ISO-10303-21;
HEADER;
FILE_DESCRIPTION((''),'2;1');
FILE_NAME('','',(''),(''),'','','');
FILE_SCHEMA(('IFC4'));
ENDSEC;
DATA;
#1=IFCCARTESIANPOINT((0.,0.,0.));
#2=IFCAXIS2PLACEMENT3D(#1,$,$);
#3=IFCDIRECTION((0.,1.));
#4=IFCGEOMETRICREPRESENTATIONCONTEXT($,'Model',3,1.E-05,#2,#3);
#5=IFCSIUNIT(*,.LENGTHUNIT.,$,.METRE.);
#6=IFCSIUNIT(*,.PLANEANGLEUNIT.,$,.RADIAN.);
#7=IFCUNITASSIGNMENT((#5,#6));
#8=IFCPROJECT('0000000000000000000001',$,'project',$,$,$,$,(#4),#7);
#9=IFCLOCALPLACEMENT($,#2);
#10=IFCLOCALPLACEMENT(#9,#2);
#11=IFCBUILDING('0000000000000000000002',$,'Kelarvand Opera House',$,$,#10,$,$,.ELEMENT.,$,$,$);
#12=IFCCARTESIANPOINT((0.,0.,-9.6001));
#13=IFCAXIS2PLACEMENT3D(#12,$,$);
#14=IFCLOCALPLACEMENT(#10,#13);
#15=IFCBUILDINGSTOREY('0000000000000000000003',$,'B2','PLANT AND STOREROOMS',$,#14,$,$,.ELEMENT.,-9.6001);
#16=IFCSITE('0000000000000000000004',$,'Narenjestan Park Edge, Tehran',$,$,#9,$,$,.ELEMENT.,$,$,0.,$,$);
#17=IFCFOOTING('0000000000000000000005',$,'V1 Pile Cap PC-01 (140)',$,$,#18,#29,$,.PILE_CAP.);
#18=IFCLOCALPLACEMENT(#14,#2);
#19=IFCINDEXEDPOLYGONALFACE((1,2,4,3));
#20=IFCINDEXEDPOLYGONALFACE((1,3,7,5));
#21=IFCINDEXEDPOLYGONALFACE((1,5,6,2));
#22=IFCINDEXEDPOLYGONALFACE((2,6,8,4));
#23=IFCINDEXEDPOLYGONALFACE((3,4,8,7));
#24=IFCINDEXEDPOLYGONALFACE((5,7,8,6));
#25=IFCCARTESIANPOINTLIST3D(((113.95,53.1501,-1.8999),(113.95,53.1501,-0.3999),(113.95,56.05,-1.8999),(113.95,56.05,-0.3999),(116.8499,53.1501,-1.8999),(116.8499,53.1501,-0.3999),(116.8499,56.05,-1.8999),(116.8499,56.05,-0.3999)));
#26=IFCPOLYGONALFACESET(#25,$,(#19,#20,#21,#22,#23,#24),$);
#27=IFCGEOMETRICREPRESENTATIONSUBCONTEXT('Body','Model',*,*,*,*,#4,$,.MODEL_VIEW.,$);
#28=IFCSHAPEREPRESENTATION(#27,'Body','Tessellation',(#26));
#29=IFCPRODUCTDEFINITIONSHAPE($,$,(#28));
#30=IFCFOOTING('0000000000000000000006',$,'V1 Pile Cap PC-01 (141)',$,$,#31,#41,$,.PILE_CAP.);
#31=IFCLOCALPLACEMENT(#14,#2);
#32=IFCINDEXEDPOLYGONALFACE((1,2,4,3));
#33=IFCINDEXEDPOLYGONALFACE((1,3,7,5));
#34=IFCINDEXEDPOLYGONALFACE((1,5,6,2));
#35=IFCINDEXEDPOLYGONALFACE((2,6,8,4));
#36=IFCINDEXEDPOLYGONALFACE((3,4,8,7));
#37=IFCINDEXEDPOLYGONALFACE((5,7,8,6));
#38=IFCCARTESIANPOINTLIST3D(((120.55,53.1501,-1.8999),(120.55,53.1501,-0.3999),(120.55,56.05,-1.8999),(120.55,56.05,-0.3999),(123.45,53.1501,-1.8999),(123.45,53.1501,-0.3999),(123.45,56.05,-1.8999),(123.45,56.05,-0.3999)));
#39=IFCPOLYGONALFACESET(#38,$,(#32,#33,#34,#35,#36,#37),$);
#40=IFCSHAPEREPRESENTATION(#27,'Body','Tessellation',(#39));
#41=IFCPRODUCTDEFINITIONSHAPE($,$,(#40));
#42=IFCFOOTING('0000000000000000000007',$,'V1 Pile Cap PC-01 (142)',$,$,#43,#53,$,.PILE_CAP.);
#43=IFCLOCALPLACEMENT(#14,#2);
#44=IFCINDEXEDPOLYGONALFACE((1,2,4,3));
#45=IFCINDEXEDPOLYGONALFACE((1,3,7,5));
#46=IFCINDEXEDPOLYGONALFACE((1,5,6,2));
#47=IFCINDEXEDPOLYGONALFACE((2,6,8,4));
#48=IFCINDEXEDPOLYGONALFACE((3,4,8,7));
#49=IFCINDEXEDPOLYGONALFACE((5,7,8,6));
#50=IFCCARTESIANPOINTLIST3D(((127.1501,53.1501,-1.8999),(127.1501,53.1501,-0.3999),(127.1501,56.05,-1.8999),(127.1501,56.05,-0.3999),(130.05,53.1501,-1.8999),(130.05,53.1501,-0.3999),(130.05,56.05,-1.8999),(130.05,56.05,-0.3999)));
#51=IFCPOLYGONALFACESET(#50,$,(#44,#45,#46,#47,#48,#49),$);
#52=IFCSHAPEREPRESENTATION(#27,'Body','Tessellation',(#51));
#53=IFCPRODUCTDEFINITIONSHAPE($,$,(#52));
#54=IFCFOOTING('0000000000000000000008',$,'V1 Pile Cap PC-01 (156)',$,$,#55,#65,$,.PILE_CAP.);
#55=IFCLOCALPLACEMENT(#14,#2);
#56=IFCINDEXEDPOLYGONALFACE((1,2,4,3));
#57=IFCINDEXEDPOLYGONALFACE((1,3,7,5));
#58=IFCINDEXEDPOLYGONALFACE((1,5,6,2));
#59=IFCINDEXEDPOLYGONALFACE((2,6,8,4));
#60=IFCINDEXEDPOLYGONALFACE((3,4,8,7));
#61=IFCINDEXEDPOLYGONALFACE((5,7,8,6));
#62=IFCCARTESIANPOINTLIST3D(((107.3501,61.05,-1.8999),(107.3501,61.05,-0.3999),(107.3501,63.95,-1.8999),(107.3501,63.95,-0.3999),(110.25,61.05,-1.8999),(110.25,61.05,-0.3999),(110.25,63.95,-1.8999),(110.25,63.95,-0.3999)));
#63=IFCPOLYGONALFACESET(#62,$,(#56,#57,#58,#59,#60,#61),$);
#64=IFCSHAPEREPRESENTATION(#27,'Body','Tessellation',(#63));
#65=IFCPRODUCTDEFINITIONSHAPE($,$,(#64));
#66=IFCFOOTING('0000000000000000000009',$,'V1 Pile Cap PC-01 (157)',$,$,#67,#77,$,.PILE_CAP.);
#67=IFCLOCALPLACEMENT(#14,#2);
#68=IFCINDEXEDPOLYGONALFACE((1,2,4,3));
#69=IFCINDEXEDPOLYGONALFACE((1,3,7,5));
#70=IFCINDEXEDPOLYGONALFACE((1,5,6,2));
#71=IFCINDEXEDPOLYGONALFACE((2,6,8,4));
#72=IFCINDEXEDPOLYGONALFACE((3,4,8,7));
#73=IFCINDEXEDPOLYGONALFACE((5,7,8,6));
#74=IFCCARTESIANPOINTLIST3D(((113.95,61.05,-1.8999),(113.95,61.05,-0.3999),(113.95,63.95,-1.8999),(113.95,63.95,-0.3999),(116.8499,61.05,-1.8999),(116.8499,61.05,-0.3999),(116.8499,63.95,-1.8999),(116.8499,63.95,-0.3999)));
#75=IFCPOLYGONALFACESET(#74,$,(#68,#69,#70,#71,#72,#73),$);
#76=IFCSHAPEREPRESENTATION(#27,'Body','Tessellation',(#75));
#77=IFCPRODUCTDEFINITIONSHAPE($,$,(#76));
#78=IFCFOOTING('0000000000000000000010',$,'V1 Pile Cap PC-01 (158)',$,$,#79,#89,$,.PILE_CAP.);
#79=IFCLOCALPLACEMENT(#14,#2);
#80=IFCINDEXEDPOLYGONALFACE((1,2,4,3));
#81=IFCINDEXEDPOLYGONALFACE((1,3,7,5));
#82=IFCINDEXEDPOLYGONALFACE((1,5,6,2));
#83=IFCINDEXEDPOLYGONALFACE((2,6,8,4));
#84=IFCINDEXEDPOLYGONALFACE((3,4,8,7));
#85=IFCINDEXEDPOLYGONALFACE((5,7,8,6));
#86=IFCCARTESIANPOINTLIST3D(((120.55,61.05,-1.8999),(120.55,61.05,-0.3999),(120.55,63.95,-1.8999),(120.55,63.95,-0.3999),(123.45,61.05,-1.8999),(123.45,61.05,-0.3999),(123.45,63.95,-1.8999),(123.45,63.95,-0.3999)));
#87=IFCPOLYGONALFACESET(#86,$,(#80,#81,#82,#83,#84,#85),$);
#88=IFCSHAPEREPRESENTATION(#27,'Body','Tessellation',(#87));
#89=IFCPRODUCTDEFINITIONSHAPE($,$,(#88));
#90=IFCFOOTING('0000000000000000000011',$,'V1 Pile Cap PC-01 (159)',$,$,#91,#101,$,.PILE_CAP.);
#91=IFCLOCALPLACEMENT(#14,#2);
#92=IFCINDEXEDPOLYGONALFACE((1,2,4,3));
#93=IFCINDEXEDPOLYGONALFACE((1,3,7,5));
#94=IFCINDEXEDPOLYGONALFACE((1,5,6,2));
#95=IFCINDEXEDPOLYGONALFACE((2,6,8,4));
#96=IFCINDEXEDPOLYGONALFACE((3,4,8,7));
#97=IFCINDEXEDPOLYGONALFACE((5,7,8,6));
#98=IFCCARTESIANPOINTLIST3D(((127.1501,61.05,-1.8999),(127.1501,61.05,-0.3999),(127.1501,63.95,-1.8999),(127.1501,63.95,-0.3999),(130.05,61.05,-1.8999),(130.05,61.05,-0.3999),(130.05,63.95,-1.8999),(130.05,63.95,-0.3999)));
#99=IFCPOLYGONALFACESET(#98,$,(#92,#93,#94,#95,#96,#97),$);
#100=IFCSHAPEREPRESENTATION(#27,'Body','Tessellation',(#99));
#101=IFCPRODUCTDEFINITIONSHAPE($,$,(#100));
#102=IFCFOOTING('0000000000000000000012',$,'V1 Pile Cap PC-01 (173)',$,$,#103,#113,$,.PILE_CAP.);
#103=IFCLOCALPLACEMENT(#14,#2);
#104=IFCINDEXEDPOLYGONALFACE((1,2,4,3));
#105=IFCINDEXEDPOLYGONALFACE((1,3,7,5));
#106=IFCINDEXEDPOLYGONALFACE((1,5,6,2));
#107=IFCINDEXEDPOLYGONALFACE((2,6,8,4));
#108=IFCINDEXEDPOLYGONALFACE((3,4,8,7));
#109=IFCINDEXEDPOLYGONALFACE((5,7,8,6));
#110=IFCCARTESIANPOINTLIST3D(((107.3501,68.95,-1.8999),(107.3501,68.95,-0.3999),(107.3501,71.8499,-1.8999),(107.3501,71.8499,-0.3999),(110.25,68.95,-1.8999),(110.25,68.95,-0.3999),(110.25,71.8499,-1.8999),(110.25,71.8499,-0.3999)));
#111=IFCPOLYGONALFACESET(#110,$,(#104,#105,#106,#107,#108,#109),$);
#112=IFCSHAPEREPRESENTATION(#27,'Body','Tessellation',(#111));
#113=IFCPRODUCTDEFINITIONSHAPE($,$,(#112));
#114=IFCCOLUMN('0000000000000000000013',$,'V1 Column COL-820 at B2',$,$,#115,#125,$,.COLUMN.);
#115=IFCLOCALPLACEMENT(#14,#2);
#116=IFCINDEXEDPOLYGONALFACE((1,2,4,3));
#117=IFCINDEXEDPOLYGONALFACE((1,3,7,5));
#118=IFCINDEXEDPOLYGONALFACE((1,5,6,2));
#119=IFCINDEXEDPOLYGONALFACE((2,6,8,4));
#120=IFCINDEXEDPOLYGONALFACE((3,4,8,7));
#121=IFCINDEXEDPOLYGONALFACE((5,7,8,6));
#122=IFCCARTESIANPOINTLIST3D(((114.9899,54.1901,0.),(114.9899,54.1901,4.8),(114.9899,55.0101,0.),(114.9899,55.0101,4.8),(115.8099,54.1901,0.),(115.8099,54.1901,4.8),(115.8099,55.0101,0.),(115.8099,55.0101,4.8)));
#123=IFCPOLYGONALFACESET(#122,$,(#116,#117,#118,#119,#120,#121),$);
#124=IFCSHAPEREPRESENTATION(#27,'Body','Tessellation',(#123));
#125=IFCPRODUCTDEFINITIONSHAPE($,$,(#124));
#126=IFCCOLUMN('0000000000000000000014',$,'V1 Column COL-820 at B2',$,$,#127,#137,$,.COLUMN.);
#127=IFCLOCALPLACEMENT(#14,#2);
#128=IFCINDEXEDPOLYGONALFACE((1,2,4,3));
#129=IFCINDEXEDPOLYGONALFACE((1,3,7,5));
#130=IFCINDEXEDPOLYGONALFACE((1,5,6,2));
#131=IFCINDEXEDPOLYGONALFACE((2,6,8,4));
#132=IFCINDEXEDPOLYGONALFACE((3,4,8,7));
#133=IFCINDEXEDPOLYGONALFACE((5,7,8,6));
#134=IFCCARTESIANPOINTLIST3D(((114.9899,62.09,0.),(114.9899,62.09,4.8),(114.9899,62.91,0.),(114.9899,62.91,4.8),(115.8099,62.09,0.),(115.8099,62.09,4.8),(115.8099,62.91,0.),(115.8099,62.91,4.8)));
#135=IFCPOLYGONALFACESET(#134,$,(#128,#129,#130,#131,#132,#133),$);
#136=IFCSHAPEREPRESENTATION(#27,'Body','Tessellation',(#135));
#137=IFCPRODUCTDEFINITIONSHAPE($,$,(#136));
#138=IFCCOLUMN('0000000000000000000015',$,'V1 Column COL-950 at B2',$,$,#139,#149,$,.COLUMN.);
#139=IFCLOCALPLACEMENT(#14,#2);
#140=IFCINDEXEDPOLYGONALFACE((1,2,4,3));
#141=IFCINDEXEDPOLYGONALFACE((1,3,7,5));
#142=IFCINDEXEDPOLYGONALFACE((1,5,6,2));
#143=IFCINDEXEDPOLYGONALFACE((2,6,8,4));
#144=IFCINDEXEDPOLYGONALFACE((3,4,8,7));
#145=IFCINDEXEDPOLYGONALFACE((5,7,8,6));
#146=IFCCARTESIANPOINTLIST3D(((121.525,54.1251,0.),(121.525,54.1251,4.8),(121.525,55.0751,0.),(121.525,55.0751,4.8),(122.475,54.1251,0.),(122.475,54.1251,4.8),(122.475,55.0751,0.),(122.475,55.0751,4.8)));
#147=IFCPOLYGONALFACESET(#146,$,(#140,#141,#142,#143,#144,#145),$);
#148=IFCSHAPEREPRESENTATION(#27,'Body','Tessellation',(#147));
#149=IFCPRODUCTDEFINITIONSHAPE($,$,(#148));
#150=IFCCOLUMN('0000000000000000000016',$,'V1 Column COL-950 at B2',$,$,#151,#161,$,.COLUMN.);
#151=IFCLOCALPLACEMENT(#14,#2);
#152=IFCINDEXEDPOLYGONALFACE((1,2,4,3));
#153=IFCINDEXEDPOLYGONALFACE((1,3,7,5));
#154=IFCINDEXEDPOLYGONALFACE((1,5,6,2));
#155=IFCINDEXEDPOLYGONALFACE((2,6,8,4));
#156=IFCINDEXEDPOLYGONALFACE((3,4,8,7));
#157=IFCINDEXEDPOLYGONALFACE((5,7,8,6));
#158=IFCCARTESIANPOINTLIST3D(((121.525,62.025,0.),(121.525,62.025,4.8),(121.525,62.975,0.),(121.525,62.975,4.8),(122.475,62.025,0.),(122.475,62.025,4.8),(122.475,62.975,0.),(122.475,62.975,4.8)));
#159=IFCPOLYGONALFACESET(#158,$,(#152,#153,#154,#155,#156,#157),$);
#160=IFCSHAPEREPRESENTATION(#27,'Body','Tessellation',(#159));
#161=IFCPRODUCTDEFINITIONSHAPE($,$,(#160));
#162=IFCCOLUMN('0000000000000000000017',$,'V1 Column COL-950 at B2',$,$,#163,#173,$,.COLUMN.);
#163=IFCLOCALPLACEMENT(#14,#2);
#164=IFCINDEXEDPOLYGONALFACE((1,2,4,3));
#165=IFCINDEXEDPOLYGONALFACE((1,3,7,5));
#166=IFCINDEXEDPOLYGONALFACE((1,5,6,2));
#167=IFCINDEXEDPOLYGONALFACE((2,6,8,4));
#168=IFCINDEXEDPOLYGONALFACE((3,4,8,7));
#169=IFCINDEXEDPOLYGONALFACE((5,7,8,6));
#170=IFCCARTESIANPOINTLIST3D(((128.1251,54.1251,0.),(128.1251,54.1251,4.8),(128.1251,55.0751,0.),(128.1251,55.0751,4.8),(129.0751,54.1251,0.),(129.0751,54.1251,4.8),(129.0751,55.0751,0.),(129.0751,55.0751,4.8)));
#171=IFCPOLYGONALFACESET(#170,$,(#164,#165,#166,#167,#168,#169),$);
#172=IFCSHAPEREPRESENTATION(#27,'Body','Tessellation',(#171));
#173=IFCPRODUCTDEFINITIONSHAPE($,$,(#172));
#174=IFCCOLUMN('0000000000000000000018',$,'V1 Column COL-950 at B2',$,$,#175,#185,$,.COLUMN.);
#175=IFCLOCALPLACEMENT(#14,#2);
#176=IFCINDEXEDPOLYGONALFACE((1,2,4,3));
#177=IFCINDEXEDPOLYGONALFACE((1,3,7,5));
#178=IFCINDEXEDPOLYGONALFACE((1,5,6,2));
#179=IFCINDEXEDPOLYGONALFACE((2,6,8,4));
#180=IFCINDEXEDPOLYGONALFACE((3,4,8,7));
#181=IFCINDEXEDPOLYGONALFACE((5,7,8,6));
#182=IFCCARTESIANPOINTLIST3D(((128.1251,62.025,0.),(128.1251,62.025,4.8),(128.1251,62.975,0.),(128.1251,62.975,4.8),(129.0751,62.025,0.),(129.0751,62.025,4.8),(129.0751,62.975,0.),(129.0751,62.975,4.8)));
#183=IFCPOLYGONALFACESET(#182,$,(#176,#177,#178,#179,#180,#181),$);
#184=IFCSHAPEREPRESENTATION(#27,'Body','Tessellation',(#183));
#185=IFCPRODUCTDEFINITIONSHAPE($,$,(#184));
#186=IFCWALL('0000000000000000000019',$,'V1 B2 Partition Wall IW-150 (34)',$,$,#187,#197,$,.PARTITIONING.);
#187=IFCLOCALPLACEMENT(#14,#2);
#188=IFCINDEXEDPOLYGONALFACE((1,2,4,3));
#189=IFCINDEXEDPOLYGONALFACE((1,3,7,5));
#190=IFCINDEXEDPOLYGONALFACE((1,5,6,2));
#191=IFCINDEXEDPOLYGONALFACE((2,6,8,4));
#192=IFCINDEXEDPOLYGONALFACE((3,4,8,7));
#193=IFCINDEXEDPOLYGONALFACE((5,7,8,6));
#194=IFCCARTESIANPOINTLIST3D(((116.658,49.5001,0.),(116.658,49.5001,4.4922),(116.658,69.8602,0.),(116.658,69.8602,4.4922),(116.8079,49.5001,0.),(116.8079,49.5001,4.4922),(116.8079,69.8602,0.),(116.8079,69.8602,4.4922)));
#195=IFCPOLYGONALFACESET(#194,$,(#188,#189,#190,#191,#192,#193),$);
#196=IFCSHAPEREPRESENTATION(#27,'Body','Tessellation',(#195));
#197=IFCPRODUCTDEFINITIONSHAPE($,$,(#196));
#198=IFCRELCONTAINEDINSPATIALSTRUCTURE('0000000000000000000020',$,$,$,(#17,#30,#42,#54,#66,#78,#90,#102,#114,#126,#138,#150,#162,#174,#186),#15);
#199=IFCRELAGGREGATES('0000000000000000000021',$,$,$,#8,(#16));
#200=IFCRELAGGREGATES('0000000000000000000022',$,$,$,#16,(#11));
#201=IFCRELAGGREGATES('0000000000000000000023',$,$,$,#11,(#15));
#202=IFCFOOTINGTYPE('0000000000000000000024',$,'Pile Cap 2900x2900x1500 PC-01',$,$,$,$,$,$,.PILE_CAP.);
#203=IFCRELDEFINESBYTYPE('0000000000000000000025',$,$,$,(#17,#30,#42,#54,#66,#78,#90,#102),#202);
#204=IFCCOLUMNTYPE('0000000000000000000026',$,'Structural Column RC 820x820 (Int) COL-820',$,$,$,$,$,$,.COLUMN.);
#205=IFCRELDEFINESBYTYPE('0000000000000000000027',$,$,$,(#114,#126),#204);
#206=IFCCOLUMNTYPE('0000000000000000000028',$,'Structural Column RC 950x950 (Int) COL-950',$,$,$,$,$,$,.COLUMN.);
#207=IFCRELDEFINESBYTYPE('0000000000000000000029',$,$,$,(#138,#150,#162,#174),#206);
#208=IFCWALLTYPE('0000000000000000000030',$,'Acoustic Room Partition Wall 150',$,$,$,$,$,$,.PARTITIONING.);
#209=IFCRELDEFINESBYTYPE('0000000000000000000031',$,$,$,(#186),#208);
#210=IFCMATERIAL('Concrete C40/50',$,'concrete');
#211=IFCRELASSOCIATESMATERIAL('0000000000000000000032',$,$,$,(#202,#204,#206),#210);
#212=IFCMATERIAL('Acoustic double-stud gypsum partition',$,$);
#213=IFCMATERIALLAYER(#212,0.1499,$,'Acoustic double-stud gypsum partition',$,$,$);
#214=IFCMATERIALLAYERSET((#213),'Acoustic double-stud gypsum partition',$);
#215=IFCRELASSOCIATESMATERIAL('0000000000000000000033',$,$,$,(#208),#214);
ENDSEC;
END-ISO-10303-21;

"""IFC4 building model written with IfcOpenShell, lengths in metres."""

from ifc_helpers import new_model, si_unit, direction, frame, frame_2d, origin, origin_2d, place, context, subcontext, project, spatial, rectangle, extrude, material, layer, layer_set, material_profile, profile_set, type_object, element, save


model = new_model("IFC4")

# Units and contexts
model_context = context("Model", 3, precision=1e-05, world=origin(), true_north=direction((0.0, 1.0)))
body_context = subcontext(model_context, "Body", "Model", "MODEL_VIEW")
ifc_project = project(units=[si_unit("LENGTHUNIT", "METRE"), si_unit("PLANEANGLEUNIT", "RADIAN")], contexts=[model_context])

# Site, building, storey
site_placement = place(None, origin())
site = spatial("IfcSite", under=ifc_project, at=site_placement, Name="Narenjestan Park Edge, Tehran", CompositionType="ELEMENT", RefElevation=0.0)
building_placement = place(site_placement, origin())
building = spatial("IfcBuilding", under=site, at=building_placement, Name="Kelarvand Opera House", CompositionType="ELEMENT")
storey_placement = place(building_placement, frame((0.0, 0.0, -9.6001)))
storey = spatial("IfcBuildingStorey", under=building, at=storey_placement, Name="B2", Description="PLANT AND STOREROOMS", CompositionType="ELEMENT", Elevation=-9.6001)

# Shared definitions
ifc_material_1 = material(Name="Concrete C40/50", Category="concrete")

# Footings
footing_type = type_object("IfcFootingType", Name="Pile Cap 2900x2900x1500 PC-01", PredefinedType="PILE_CAP", material=ifc_material_1)
for number, where, z_axis, x_axis, name in (
    (1, (115.3999, 54.6001, -1.8999), (0.0, 0.0, 1.0), (1.0, 0.0, 0.0), "V1 Pile Cap PC-01 (140)"),
    (2, (122.0, 54.6001, -1.8999), (0.0, 0.0, 1.0), (1.0, 0.0, 0.0), "V1 Pile Cap PC-01 (141)"),
    (3, (128.6001, 54.6001, -1.8999), (0.0, 0.0, 1.0), (1.0, 0.0, 0.0), "V1 Pile Cap PC-01 (142)"),
    (4, (108.8, 62.5, -1.8999), (0.0, 0.0, 1.0), (1.0, 0.0, 0.0), "V1 Pile Cap PC-01 (156)"),
    (5, (115.3999, 62.5, -1.8999), (0.0, 0.0, 1.0), (1.0, 0.0, 0.0), "V1 Pile Cap PC-01 (157)"),
    (6, (122.0, 62.5, -1.8999), (0.0, 0.0, 1.0), (1.0, 0.0, 0.0), "V1 Pile Cap PC-01 (158)"),
    (7, (128.6001, 62.5, -1.8999), (0.0, 0.0, 1.0), (1.0, 0.0, 0.0), "V1 Pile Cap PC-01 (159)"),
    (8, (108.8, 70.3999, -1.8999), (0.0, 0.0, 1.0), (1.0, 0.0, 0.0), "V1 Pile Cap PC-01 (173)"),
):
    element("IfcFooting", number, at=place(storey_placement, frame(where, z_axis=z_axis, x_axis=x_axis)), inside=storey, type_object=footing_type, Name=name, PredefinedType="PILE_CAP", context=body_context, shape_type="SweptSolid", body=[
        extrude(rectangle(XDim=2.8999, YDim=2.8999, at=origin_2d()), origin(), (0.0, 0.0, 1.0), 1.5),
    ])

# Columns
ifc_material_profile_1 = material_profile(ifc_material_1, rectangle(XDim=0.8201, YDim=0.8201, at=origin_2d()), Name="RC 820x820", Category="concrete")
ifc_profile_set_1 = profile_set([ifc_material_profile_1], Name="Concrete C40/50")
column_type_1 = type_object("IfcColumnType", Name="Structural Column RC 820x820 (Int) COL-820", PredefinedType="COLUMN", material=ifc_profile_set_1)
for number, where, z_axis, x_axis, name in (
    (9, (115.3999, 54.6001, 0.0), (0.0, 0.0, 1.0), (1.0, 0.0, 0.0), "V1 Column COL-820 at B2"),
    (10, (115.3999, 62.5, 0.0), (0.0, 0.0, 1.0), (1.0, 0.0, 0.0), "V1 Column COL-820 at B2"),
):
    element("IfcColumn", number, at=place(storey_placement, frame(where, z_axis=z_axis, x_axis=x_axis)), inside=storey, type_object=column_type_1, Name=name, PredefinedType="COLUMN", context=body_context, shape_type="SweptSolid", body=[
        extrude(rectangle(XDim=0.8201, YDim=0.8201, at=origin_2d()), origin(), (0.0, 0.0, 1.0), 4.8),
    ])
ifc_material_profile_2 = material_profile(ifc_material_1, rectangle(XDim=0.95, YDim=0.95, at=origin_2d()), Name="RC 950x950", Category="concrete")
ifc_profile_set_2 = profile_set([ifc_material_profile_2], Name="Concrete C40/50")
column_type_2 = type_object("IfcColumnType", Name="Structural Column RC 950x950 (Int) COL-950", PredefinedType="COLUMN", material=ifc_profile_set_2)
for number, where, z_axis, x_axis, name in (
    (11, (122.0, 54.6001, 0.0), (0.0, 0.0, 1.0), (1.0, 0.0, 0.0), "V1 Column COL-950 at B2"),
    (12, (122.0, 62.5, 0.0), (0.0, 0.0, 1.0), (1.0, 0.0, 0.0), "V1 Column COL-950 at B2"),
    (13, (128.6001, 54.6001, 0.0), (0.0, 0.0, 1.0), (1.0, 0.0, 0.0), "V1 Column COL-950 at B2"),
    (14, (128.6001, 62.5, 0.0), (0.0, 0.0, 1.0), (1.0, 0.0, 0.0), "V1 Column COL-950 at B2"),
):
    element("IfcColumn", number, at=place(storey_placement, frame(where, z_axis=z_axis, x_axis=x_axis)), inside=storey, type_object=column_type_2, Name=name, PredefinedType="COLUMN", context=body_context, shape_type="SweptSolid", body=[
        extrude(rectangle(XDim=0.95, YDim=0.95, at=origin_2d()), origin(), (0.0, 0.0, 1.0), 4.8),
    ])

# Wall
ifc_material_2 = material(Name="Acoustic double-stud gypsum partition")
ifc_layer_1 = layer(ifc_material_2, 0.1499, Name="Acoustic double-stud gypsum partition")
ifc_layer_set_1 = layer_set([ifc_layer_1], Name="Acoustic double-stud gypsum partition")
wall_type_1 = type_object("IfcWallType", Name="Acoustic Room Partition Wall 150", PredefinedType="PARTITIONING", material=ifc_layer_set_1)
wall_1_placement = place(storey_placement, frame((116.7329, 49.5, 0.0), z_axis=(0.0, 0.0, 1.0), x_axis=(0.0, 1.0, 0.0)))
element("IfcWall", 15, at=wall_1_placement, inside=storey, type_object=wall_type_1, Name="V1 B2 Partition Wall IW-150 (34)", PredefinedType="PARTITIONING", context=body_context, shape_type="SweptSolid", body=[
    extrude(rectangle(XDim=20.3601, YDim=0.1499, at=frame_2d((10.1802, 0.0))), origin(), (0.0, 0.0, 1.0), 4.4922),
])

save(model, "model.ifc")
